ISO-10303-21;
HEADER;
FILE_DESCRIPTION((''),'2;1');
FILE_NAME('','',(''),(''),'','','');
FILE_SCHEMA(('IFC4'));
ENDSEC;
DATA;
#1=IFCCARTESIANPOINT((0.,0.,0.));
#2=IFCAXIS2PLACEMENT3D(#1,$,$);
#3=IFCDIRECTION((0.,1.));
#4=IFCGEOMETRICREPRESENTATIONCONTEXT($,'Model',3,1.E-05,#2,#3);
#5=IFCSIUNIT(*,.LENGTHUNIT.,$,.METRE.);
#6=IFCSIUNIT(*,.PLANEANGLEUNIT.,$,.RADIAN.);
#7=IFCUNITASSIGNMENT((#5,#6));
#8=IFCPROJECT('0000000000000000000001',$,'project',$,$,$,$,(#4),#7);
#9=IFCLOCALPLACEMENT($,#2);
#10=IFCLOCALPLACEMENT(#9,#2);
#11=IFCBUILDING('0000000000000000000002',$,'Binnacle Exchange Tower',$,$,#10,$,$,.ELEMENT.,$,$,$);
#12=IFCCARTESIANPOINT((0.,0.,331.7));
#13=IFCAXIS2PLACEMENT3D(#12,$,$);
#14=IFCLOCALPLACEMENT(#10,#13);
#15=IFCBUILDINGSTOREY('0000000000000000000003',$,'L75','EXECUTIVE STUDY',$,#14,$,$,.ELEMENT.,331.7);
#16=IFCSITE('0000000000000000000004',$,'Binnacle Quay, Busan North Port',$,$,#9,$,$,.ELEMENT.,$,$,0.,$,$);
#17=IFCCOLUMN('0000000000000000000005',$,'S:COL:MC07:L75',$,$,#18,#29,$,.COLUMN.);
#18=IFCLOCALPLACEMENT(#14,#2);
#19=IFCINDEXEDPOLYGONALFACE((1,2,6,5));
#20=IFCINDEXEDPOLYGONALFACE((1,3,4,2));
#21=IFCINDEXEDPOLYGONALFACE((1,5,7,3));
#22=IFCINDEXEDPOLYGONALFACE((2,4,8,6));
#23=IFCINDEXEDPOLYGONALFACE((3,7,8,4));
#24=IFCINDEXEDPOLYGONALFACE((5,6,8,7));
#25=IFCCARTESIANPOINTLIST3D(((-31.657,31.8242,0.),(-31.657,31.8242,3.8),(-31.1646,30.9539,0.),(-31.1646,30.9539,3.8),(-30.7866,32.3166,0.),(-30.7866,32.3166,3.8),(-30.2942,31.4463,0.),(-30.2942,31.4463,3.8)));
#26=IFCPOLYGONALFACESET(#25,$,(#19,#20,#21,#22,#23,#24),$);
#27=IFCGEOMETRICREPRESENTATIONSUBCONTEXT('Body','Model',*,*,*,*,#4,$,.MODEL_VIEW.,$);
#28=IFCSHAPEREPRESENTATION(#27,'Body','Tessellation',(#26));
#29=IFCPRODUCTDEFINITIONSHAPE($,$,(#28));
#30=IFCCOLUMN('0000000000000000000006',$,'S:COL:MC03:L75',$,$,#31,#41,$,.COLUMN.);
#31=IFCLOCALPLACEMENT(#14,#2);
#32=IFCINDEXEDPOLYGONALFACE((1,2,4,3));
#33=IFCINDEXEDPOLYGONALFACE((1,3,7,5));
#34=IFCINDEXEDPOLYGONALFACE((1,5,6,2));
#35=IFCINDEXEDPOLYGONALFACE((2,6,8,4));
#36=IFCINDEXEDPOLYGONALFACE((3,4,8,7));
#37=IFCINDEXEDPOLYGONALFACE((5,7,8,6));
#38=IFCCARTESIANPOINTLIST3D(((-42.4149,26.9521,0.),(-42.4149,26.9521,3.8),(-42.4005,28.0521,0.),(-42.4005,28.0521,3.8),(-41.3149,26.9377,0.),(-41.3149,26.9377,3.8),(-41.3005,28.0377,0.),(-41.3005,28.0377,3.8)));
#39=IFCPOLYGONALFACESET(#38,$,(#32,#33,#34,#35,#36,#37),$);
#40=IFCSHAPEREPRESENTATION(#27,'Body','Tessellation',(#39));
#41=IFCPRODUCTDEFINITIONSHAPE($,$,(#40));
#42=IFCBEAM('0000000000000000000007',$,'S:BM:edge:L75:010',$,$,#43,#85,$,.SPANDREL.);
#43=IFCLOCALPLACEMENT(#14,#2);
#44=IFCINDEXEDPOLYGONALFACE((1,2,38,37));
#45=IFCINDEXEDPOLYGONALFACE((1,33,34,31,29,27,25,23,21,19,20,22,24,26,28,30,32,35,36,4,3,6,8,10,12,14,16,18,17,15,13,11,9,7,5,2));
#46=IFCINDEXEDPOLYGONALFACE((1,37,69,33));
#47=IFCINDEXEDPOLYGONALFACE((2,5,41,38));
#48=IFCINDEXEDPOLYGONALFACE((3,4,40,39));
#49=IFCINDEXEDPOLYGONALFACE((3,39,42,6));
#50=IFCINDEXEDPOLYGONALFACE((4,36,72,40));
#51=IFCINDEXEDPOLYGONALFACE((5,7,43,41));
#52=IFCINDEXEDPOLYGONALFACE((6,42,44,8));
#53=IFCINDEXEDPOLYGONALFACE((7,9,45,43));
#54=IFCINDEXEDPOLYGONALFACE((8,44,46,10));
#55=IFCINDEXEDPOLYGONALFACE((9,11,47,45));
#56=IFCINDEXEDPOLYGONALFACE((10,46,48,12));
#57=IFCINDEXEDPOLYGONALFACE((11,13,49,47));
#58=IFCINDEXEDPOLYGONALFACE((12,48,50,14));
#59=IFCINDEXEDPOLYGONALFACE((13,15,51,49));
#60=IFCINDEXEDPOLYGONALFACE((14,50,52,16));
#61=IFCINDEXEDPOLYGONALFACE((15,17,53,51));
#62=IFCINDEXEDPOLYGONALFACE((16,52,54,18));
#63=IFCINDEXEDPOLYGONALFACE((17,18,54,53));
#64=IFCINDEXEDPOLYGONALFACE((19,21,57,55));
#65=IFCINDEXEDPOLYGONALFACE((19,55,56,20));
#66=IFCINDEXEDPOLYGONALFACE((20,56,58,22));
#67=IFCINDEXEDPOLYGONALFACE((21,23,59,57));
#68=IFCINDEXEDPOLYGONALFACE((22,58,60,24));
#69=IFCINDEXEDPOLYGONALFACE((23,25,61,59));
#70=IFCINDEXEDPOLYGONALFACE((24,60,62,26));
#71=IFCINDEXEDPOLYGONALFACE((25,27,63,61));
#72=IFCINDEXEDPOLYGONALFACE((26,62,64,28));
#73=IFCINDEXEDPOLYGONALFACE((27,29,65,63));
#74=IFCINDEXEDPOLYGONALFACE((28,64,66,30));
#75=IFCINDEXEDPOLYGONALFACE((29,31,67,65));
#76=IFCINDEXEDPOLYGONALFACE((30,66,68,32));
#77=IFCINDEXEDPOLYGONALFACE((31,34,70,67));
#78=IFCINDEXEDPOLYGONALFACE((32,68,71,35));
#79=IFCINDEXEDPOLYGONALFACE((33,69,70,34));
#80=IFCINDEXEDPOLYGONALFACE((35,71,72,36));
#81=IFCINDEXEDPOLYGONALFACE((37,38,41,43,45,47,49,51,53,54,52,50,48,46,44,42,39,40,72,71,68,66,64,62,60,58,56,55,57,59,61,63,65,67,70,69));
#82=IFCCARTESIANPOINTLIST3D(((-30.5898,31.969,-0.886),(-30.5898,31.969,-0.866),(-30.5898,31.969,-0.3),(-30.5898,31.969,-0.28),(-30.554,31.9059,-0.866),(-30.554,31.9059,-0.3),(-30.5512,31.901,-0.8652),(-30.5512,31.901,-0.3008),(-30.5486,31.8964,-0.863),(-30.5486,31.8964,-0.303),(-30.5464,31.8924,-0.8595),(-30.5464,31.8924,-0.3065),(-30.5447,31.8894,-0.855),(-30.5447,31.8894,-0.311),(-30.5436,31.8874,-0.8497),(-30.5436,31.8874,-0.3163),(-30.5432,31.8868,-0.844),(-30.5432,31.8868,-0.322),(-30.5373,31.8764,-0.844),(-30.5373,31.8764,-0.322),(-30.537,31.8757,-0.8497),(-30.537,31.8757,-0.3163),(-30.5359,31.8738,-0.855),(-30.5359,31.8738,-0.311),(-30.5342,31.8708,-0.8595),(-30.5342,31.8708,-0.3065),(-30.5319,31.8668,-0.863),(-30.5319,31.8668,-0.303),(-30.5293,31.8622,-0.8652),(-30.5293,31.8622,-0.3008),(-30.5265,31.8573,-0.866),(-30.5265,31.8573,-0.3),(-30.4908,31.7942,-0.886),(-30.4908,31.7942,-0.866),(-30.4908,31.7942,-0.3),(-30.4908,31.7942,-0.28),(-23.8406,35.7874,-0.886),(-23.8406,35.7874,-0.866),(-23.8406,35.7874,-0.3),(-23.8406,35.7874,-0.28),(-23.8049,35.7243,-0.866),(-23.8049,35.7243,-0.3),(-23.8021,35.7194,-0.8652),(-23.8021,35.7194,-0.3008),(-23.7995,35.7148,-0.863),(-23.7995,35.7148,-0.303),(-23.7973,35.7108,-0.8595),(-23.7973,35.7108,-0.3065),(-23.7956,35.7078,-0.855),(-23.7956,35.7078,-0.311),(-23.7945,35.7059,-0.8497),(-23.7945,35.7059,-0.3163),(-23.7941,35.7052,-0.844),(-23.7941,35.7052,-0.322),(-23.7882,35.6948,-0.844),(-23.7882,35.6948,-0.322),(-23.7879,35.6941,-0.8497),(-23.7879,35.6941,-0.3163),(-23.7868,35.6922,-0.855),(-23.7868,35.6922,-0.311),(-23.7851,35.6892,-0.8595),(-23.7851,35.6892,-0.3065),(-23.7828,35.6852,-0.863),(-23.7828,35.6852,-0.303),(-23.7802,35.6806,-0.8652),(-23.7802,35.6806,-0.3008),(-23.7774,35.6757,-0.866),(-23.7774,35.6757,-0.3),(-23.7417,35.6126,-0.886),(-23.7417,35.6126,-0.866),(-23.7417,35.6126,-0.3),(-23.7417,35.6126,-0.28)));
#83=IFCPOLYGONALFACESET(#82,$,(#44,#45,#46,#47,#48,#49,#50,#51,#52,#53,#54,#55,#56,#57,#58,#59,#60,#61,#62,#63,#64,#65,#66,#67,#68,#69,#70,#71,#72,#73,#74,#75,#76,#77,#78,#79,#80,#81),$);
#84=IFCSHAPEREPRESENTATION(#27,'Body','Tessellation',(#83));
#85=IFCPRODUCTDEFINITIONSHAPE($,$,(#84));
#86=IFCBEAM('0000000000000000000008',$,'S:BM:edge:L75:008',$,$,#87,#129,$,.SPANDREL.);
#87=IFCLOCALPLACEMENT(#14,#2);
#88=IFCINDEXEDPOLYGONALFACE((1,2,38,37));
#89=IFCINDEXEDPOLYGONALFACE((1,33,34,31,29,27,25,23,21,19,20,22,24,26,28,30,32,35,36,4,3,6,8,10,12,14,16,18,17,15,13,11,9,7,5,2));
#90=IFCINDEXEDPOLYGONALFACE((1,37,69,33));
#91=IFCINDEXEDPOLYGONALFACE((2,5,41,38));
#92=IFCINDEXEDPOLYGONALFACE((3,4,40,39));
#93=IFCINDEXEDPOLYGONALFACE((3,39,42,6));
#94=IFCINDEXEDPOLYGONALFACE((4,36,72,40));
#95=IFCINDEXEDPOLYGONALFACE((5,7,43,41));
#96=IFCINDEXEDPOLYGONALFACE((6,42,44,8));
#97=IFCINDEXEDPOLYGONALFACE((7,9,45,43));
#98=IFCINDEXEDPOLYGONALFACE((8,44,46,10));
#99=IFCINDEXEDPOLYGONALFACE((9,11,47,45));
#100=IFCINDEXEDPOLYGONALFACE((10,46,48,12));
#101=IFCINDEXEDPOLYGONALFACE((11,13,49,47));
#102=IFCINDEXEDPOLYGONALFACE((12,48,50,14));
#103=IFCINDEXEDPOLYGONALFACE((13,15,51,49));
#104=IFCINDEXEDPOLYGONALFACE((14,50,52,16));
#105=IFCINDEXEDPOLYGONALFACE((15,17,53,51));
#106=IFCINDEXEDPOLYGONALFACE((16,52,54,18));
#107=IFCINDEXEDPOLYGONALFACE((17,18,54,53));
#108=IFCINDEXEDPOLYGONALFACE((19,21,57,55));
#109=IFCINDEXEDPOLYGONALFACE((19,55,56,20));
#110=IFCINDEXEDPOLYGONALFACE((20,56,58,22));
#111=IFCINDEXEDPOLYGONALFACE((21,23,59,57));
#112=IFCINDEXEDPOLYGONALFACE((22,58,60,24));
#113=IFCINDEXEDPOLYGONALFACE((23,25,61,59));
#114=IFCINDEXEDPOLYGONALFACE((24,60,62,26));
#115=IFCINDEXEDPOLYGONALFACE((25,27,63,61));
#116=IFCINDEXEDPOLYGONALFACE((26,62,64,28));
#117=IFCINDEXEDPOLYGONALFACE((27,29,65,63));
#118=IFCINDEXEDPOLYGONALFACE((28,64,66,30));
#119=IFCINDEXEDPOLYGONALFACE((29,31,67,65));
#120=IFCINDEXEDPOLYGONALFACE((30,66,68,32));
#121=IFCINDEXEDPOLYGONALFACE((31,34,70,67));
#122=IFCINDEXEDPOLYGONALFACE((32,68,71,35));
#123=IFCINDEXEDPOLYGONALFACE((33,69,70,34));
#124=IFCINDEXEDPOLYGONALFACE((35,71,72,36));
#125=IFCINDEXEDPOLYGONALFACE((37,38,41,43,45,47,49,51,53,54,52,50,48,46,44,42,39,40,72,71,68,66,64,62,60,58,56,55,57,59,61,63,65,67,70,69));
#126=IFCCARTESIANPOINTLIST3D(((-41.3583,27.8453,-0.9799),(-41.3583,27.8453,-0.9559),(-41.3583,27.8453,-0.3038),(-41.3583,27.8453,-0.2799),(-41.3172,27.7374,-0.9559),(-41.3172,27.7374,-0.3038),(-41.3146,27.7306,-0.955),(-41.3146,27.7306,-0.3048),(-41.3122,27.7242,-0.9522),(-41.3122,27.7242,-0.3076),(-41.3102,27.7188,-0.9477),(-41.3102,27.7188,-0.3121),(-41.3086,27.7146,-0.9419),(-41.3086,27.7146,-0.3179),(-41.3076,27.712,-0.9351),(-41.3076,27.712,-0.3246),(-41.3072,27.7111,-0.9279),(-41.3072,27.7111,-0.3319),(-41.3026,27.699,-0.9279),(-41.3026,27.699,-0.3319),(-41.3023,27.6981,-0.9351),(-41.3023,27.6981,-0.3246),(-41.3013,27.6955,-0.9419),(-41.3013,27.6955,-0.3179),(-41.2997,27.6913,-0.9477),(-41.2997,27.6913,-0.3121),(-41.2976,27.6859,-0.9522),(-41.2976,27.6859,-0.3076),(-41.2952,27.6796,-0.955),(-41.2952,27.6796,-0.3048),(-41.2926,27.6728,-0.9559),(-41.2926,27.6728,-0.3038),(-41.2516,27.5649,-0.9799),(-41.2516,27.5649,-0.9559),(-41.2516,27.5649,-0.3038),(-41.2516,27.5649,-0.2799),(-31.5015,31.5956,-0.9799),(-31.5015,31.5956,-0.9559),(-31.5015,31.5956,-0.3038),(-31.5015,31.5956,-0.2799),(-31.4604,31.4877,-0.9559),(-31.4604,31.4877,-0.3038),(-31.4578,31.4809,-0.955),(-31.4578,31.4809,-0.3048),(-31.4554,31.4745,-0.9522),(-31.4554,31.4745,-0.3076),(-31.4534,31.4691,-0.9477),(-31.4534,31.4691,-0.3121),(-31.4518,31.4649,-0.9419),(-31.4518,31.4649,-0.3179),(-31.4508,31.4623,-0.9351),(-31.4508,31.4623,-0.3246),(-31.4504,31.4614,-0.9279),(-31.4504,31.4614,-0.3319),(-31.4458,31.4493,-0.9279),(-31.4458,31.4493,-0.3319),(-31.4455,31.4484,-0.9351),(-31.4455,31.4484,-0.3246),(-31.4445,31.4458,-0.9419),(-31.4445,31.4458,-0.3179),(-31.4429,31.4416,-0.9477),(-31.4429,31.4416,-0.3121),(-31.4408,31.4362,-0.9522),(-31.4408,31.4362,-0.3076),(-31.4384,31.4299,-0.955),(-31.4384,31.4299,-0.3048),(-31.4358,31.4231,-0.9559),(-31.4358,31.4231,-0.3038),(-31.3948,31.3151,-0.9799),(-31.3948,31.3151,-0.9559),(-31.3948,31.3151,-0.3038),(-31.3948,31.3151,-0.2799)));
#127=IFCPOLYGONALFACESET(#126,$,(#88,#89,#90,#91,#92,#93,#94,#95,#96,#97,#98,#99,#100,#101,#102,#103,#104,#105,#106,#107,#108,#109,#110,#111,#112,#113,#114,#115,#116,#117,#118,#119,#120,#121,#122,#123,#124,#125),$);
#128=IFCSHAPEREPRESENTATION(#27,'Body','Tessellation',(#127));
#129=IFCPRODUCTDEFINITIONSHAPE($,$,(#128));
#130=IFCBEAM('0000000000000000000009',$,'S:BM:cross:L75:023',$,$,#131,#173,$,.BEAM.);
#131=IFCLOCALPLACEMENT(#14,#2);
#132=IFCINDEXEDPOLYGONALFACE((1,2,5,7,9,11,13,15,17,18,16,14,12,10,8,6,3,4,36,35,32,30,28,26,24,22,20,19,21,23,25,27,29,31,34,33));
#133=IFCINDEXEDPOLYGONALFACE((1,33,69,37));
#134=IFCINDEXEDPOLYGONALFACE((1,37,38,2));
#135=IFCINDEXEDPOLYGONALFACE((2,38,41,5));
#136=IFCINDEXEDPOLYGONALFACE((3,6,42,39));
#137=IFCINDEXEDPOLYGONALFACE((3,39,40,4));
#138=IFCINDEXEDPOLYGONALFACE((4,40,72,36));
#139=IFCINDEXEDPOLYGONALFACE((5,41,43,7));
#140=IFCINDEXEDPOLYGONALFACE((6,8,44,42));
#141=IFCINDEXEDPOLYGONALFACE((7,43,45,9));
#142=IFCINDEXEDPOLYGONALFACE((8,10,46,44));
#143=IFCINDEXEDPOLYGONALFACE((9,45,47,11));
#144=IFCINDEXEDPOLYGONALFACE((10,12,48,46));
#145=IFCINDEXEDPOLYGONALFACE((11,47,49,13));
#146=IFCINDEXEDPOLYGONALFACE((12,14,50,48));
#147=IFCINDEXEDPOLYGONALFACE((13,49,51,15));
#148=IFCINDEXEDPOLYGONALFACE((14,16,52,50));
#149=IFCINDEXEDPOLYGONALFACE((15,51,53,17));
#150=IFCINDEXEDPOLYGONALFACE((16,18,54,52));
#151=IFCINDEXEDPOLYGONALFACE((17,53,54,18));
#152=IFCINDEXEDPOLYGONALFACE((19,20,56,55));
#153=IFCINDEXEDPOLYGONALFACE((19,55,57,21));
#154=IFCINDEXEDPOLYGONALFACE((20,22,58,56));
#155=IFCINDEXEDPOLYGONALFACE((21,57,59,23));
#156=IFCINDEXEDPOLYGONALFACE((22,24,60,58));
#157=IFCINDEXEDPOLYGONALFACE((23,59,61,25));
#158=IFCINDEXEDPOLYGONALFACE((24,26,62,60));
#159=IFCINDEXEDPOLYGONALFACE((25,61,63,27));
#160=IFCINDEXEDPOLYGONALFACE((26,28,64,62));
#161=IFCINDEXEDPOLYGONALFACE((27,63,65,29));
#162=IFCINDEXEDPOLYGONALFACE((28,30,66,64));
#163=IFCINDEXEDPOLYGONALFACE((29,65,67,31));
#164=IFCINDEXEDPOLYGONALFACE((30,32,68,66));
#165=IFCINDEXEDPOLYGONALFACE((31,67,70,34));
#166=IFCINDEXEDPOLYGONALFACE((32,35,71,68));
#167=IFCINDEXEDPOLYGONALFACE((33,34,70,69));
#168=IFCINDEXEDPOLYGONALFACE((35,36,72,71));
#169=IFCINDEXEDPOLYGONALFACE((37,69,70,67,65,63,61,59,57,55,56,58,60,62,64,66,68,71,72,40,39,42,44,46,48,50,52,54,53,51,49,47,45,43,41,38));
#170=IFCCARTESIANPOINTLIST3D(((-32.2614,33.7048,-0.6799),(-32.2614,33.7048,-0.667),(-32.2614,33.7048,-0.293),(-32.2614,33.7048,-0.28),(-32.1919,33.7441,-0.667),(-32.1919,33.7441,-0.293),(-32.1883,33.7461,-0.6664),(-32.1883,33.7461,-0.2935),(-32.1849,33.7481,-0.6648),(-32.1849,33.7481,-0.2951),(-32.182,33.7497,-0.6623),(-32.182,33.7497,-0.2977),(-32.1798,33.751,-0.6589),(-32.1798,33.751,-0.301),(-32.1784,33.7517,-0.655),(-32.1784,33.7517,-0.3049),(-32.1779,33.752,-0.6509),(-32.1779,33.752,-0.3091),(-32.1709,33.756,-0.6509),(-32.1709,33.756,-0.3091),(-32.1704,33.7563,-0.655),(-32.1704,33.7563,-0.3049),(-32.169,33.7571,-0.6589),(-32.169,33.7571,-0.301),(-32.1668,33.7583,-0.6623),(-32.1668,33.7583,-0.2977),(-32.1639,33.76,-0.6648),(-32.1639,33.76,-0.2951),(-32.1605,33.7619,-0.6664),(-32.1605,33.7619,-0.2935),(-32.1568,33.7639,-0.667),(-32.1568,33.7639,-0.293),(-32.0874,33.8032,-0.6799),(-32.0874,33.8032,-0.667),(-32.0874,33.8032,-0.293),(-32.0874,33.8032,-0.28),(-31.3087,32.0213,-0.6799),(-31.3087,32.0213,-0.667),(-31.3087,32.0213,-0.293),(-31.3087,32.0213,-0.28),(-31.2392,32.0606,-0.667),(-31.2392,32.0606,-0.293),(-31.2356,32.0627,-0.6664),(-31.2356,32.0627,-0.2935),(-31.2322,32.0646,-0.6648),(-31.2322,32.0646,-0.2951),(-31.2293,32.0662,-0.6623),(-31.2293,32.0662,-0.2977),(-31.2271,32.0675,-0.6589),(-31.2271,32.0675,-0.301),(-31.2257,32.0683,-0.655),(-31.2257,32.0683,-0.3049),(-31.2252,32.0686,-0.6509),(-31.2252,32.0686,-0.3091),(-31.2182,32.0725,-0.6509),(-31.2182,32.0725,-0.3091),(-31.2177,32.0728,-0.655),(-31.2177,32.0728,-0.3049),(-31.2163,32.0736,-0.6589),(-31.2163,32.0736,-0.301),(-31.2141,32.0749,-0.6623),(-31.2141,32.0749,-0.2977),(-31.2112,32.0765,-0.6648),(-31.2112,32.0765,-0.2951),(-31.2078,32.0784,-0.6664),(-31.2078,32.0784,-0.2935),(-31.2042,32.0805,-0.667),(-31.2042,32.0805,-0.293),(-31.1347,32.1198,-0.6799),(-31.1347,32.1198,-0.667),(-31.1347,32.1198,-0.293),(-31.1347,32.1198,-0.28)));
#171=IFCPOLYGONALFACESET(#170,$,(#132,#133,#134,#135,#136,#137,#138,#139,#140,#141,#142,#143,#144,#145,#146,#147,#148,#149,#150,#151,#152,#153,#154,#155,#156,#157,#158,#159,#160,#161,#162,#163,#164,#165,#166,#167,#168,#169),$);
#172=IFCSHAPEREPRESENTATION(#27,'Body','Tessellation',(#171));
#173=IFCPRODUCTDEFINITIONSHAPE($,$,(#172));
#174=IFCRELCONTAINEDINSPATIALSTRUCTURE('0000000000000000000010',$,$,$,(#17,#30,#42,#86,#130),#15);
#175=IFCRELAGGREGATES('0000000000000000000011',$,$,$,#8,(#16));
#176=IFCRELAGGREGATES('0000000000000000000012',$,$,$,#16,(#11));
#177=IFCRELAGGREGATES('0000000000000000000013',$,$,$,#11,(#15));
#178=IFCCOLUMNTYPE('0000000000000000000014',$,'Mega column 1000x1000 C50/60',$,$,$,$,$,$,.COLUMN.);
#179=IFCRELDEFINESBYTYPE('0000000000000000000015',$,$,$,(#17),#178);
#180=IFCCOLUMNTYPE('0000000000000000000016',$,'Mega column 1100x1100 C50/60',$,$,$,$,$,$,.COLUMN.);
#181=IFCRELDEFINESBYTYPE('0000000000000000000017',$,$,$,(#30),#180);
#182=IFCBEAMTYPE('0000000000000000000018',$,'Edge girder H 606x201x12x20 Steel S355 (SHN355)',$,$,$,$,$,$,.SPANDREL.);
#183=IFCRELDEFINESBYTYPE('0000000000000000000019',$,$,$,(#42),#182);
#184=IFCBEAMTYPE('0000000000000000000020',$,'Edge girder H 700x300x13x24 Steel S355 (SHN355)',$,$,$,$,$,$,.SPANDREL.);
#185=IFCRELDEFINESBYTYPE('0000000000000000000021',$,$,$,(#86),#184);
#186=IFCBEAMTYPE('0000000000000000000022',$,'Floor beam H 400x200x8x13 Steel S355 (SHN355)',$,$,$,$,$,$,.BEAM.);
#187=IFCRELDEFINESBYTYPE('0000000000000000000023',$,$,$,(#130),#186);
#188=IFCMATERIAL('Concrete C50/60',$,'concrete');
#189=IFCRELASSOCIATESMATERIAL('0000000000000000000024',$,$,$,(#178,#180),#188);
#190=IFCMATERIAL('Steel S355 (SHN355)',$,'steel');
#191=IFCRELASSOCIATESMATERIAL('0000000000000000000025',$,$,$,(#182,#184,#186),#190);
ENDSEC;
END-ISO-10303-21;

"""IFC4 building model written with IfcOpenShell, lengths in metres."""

from ifc_helpers import new_model, si_unit, direction, frame, origin, origin_2d, place, context, subcontext, project, spatial, rectangle, i_section, extrude, material, material_profile, profile_set, type_object, element, save


model = new_model("IFC4")

# Units and contexts
model_context = context("Model", 3, precision=1e-05, world=origin(), true_north=direction((0.0, 1.0)))
body_context = subcontext(model_context, "Body", "Model", "MODEL_VIEW")
ifc_project = project(units=[si_unit("LENGTHUNIT", "METRE"), si_unit("PLANEANGLEUNIT", "RADIAN")], contexts=[model_context])

# Site, building, storey
site_placement = place(None, origin())
site = spatial("IfcSite", under=ifc_project, at=site_placement, Name="Binnacle Quay, Busan North Port", CompositionType="ELEMENT", RefElevation=0.0)
building_placement = place(site_placement, origin())
building = spatial("IfcBuilding", under=site, at=building_placement, Name="Binnacle Exchange Tower", CompositionType="ELEMENT")
storey_placement = place(building_placement, frame((0.0, 0.0, 331.7)))
storey = spatial("IfcBuildingStorey", under=building, at=storey_placement, Name="L75", Description="EXECUTIVE STUDY", CompositionType="ELEMENT", Elevation=331.7)

# Columns
ifc_material_1 = material(Name="Concrete C50/60", Category="concrete")
ifc_material_profile_1 = material_profile(ifc_material_1, rectangle(XDim=1.0, YDim=1.0, at=origin_2d()), Name="Mega column 1000x1000 C50/60")
ifc_profile_set_1 = profile_set([ifc_material_profile_1], Name="Concrete C50/60")
column_type_1 = type_object("IfcColumnType", Name="Mega column 1000x1000 C50/60", PredefinedType="COLUMN", material=ifc_profile_set_1)
column_1_placement = place(storey_placement, frame((-30.9756, 31.6353, 0.0), z_axis=(0.0, 0.0, 1.0), x_axis=(0.870356, 0.492424, 0.0)))
element("IfcColumn", 1, at=column_1_placement, inside=storey, type_object=column_type_1, Name="S:COL:MC07:L75", PredefinedType="COLUMN", context=body_context, shape_type="SweptSolid", body=[
    extrude(rectangle(XDim=1.0, YDim=1.0, at=origin_2d()), origin(), (0.0, 0.0, 1.0), 3.8),
])
ifc_material_profile_2 = material_profile(ifc_material_1, rectangle(XDim=1.1001, YDim=1.1001, at=origin_2d()), Name="Mega column 1100x1100 C50/60")
ifc_profile_set_2 = profile_set([ifc_material_profile_2], Name="Concrete C50/60")
column_type_2 = type_object("IfcColumnType", Name="Mega column 1100x1100 C50/60", PredefinedType="COLUMN", material=ifc_profile_set_2)
column_2_placement = place(storey_placement, frame((-41.8577, 27.4949, 0.0), z_axis=(0.0, 0.0, 1.0), x_axis=(0.999914, -0.01309, 0.0)))
element("IfcColumn", 2, at=column_2_placement, inside=storey, type_object=column_type_2, Name="S:COL:MC03:L75", PredefinedType="COLUMN", context=body_context, shape_type="SweptSolid", body=[
    extrude(rectangle(XDim=1.1001, YDim=1.1001, at=origin_2d()), origin(), (0.0, 0.0, 1.0), 3.8),
])

# Beams
ifc_material_2 = material(Name="Steel S355 (SHN355)", Category="steel")
ifc_material_profile_3 = material_profile(ifc_material_2, i_section(OverallWidth=0.2009, OverallDepth=0.606, WebThickness=0.012, FlangeThickness=0.02, FilletRadius=0.022, at=origin_2d()), Name="H 606x201x12x20")
ifc_profile_set_3 = profile_set([ifc_material_profile_3], Name="Steel S355 (SHN355)")
beam_type_1 = type_object("IfcBeamType", Name="Edge girder H 606x201x12x20 Steel S355 (SHN355)", PredefinedType="SPANDREL", material=ifc_profile_set_3)
beam_1_placement = place(storey_placement, frame((-30.5403, 31.8816, -0.583), z_axis=(0.870359, 0.492418, 0.0), x_axis=(-0.492418, 0.870359, 0.0)))
element("IfcBeam", 3, at=beam_1_placement, inside=storey, type_object=beam_type_1, Name="S:BM:edge:L75:010", PredefinedType="SPANDREL", context=body_context, shape_type="SweptSolid", body=[
    extrude(i_section(OverallWidth=0.2009, OverallDepth=0.606, WebThickness=0.012, FlangeThickness=0.02, FilletRadius=0.022, at=origin_2d()), origin(), (0.0, 0.0, 1.0), 7.7544),
])
ifc_material_profile_4 = material_profile(ifc_material_2, i_section(OverallWidth=0.3, OverallDepth=0.7, WebThickness=0.0129, FlangeThickness=0.0239, FilletRadius=0.0281, at=origin_2d()), Name="H 700x300x13x24")
ifc_profile_set_4 = profile_set([ifc_material_profile_4], Name="Steel S355 (SHN355)")
beam_type_2 = type_object("IfcBeamType", Name="Edge girder H 700x300x13x24 Steel S355 (SHN355)", PredefinedType="SPANDREL", material=ifc_profile_set_4)
beam_2_placement = place(storey_placement, frame((-41.3049, 27.7051, -0.6299), z_axis=(0.934635, 0.355607, 0.0), x_axis=(-0.355607, 0.934635, 0.0)))
element("IfcBeam", 4, at=beam_2_placement, inside=storey, type_object=beam_type_2, Name="S:BM:edge:L75:008", PredefinedType="SPANDREL", context=body_context, shape_type="SweptSolid", body=[
    extrude(i_section(OverallWidth=0.3, OverallDepth=0.7, WebThickness=0.0129, FlangeThickness=0.0239, FilletRadius=0.0281, at=origin_2d()), origin(), (0.0, 0.0, 1.0), 10.5461),
])
ifc_material_profile_5 = material_profile(ifc_material_2, i_section(OverallWidth=0.2, OverallDepth=0.3999, WebThickness=0.0081, FlangeThickness=0.0129, FilletRadius=0.0161, at=origin_2d()), Name="H 400x200x8x13")
ifc_profile_set_5 = profile_set([ifc_material_profile_5], Name="Steel S355 (SHN355)")
beam_type_3 = type_object("IfcBeamType", Name="Floor beam H 400x200x8x13 Steel S355 (SHN355)", PredefinedType="BEAM", material=ifc_profile_set_5)
beam_3_placement = place(storey_placement, frame((-31.2217, 32.0706, -0.48), z_axis=(-0.492519, 0.870302, 0.0), x_axis=(-0.870302, -0.492519, 0.0)))
element("IfcBeam", 5, at=beam_3_placement, inside=storey, type_object=beam_type_3, Name="S:BM:cross:L75:023", PredefinedType="BEAM", context=body_context, shape_type="SweptSolid", body=[
    extrude(i_section(OverallWidth=0.2, OverallDepth=0.3999, WebThickness=0.0081, FlangeThickness=0.0129, FilletRadius=0.0161, at=origin_2d()), origin(), (0.0, 0.0, 1.0), 1.9343),
])

save(model, "model.ifc")
